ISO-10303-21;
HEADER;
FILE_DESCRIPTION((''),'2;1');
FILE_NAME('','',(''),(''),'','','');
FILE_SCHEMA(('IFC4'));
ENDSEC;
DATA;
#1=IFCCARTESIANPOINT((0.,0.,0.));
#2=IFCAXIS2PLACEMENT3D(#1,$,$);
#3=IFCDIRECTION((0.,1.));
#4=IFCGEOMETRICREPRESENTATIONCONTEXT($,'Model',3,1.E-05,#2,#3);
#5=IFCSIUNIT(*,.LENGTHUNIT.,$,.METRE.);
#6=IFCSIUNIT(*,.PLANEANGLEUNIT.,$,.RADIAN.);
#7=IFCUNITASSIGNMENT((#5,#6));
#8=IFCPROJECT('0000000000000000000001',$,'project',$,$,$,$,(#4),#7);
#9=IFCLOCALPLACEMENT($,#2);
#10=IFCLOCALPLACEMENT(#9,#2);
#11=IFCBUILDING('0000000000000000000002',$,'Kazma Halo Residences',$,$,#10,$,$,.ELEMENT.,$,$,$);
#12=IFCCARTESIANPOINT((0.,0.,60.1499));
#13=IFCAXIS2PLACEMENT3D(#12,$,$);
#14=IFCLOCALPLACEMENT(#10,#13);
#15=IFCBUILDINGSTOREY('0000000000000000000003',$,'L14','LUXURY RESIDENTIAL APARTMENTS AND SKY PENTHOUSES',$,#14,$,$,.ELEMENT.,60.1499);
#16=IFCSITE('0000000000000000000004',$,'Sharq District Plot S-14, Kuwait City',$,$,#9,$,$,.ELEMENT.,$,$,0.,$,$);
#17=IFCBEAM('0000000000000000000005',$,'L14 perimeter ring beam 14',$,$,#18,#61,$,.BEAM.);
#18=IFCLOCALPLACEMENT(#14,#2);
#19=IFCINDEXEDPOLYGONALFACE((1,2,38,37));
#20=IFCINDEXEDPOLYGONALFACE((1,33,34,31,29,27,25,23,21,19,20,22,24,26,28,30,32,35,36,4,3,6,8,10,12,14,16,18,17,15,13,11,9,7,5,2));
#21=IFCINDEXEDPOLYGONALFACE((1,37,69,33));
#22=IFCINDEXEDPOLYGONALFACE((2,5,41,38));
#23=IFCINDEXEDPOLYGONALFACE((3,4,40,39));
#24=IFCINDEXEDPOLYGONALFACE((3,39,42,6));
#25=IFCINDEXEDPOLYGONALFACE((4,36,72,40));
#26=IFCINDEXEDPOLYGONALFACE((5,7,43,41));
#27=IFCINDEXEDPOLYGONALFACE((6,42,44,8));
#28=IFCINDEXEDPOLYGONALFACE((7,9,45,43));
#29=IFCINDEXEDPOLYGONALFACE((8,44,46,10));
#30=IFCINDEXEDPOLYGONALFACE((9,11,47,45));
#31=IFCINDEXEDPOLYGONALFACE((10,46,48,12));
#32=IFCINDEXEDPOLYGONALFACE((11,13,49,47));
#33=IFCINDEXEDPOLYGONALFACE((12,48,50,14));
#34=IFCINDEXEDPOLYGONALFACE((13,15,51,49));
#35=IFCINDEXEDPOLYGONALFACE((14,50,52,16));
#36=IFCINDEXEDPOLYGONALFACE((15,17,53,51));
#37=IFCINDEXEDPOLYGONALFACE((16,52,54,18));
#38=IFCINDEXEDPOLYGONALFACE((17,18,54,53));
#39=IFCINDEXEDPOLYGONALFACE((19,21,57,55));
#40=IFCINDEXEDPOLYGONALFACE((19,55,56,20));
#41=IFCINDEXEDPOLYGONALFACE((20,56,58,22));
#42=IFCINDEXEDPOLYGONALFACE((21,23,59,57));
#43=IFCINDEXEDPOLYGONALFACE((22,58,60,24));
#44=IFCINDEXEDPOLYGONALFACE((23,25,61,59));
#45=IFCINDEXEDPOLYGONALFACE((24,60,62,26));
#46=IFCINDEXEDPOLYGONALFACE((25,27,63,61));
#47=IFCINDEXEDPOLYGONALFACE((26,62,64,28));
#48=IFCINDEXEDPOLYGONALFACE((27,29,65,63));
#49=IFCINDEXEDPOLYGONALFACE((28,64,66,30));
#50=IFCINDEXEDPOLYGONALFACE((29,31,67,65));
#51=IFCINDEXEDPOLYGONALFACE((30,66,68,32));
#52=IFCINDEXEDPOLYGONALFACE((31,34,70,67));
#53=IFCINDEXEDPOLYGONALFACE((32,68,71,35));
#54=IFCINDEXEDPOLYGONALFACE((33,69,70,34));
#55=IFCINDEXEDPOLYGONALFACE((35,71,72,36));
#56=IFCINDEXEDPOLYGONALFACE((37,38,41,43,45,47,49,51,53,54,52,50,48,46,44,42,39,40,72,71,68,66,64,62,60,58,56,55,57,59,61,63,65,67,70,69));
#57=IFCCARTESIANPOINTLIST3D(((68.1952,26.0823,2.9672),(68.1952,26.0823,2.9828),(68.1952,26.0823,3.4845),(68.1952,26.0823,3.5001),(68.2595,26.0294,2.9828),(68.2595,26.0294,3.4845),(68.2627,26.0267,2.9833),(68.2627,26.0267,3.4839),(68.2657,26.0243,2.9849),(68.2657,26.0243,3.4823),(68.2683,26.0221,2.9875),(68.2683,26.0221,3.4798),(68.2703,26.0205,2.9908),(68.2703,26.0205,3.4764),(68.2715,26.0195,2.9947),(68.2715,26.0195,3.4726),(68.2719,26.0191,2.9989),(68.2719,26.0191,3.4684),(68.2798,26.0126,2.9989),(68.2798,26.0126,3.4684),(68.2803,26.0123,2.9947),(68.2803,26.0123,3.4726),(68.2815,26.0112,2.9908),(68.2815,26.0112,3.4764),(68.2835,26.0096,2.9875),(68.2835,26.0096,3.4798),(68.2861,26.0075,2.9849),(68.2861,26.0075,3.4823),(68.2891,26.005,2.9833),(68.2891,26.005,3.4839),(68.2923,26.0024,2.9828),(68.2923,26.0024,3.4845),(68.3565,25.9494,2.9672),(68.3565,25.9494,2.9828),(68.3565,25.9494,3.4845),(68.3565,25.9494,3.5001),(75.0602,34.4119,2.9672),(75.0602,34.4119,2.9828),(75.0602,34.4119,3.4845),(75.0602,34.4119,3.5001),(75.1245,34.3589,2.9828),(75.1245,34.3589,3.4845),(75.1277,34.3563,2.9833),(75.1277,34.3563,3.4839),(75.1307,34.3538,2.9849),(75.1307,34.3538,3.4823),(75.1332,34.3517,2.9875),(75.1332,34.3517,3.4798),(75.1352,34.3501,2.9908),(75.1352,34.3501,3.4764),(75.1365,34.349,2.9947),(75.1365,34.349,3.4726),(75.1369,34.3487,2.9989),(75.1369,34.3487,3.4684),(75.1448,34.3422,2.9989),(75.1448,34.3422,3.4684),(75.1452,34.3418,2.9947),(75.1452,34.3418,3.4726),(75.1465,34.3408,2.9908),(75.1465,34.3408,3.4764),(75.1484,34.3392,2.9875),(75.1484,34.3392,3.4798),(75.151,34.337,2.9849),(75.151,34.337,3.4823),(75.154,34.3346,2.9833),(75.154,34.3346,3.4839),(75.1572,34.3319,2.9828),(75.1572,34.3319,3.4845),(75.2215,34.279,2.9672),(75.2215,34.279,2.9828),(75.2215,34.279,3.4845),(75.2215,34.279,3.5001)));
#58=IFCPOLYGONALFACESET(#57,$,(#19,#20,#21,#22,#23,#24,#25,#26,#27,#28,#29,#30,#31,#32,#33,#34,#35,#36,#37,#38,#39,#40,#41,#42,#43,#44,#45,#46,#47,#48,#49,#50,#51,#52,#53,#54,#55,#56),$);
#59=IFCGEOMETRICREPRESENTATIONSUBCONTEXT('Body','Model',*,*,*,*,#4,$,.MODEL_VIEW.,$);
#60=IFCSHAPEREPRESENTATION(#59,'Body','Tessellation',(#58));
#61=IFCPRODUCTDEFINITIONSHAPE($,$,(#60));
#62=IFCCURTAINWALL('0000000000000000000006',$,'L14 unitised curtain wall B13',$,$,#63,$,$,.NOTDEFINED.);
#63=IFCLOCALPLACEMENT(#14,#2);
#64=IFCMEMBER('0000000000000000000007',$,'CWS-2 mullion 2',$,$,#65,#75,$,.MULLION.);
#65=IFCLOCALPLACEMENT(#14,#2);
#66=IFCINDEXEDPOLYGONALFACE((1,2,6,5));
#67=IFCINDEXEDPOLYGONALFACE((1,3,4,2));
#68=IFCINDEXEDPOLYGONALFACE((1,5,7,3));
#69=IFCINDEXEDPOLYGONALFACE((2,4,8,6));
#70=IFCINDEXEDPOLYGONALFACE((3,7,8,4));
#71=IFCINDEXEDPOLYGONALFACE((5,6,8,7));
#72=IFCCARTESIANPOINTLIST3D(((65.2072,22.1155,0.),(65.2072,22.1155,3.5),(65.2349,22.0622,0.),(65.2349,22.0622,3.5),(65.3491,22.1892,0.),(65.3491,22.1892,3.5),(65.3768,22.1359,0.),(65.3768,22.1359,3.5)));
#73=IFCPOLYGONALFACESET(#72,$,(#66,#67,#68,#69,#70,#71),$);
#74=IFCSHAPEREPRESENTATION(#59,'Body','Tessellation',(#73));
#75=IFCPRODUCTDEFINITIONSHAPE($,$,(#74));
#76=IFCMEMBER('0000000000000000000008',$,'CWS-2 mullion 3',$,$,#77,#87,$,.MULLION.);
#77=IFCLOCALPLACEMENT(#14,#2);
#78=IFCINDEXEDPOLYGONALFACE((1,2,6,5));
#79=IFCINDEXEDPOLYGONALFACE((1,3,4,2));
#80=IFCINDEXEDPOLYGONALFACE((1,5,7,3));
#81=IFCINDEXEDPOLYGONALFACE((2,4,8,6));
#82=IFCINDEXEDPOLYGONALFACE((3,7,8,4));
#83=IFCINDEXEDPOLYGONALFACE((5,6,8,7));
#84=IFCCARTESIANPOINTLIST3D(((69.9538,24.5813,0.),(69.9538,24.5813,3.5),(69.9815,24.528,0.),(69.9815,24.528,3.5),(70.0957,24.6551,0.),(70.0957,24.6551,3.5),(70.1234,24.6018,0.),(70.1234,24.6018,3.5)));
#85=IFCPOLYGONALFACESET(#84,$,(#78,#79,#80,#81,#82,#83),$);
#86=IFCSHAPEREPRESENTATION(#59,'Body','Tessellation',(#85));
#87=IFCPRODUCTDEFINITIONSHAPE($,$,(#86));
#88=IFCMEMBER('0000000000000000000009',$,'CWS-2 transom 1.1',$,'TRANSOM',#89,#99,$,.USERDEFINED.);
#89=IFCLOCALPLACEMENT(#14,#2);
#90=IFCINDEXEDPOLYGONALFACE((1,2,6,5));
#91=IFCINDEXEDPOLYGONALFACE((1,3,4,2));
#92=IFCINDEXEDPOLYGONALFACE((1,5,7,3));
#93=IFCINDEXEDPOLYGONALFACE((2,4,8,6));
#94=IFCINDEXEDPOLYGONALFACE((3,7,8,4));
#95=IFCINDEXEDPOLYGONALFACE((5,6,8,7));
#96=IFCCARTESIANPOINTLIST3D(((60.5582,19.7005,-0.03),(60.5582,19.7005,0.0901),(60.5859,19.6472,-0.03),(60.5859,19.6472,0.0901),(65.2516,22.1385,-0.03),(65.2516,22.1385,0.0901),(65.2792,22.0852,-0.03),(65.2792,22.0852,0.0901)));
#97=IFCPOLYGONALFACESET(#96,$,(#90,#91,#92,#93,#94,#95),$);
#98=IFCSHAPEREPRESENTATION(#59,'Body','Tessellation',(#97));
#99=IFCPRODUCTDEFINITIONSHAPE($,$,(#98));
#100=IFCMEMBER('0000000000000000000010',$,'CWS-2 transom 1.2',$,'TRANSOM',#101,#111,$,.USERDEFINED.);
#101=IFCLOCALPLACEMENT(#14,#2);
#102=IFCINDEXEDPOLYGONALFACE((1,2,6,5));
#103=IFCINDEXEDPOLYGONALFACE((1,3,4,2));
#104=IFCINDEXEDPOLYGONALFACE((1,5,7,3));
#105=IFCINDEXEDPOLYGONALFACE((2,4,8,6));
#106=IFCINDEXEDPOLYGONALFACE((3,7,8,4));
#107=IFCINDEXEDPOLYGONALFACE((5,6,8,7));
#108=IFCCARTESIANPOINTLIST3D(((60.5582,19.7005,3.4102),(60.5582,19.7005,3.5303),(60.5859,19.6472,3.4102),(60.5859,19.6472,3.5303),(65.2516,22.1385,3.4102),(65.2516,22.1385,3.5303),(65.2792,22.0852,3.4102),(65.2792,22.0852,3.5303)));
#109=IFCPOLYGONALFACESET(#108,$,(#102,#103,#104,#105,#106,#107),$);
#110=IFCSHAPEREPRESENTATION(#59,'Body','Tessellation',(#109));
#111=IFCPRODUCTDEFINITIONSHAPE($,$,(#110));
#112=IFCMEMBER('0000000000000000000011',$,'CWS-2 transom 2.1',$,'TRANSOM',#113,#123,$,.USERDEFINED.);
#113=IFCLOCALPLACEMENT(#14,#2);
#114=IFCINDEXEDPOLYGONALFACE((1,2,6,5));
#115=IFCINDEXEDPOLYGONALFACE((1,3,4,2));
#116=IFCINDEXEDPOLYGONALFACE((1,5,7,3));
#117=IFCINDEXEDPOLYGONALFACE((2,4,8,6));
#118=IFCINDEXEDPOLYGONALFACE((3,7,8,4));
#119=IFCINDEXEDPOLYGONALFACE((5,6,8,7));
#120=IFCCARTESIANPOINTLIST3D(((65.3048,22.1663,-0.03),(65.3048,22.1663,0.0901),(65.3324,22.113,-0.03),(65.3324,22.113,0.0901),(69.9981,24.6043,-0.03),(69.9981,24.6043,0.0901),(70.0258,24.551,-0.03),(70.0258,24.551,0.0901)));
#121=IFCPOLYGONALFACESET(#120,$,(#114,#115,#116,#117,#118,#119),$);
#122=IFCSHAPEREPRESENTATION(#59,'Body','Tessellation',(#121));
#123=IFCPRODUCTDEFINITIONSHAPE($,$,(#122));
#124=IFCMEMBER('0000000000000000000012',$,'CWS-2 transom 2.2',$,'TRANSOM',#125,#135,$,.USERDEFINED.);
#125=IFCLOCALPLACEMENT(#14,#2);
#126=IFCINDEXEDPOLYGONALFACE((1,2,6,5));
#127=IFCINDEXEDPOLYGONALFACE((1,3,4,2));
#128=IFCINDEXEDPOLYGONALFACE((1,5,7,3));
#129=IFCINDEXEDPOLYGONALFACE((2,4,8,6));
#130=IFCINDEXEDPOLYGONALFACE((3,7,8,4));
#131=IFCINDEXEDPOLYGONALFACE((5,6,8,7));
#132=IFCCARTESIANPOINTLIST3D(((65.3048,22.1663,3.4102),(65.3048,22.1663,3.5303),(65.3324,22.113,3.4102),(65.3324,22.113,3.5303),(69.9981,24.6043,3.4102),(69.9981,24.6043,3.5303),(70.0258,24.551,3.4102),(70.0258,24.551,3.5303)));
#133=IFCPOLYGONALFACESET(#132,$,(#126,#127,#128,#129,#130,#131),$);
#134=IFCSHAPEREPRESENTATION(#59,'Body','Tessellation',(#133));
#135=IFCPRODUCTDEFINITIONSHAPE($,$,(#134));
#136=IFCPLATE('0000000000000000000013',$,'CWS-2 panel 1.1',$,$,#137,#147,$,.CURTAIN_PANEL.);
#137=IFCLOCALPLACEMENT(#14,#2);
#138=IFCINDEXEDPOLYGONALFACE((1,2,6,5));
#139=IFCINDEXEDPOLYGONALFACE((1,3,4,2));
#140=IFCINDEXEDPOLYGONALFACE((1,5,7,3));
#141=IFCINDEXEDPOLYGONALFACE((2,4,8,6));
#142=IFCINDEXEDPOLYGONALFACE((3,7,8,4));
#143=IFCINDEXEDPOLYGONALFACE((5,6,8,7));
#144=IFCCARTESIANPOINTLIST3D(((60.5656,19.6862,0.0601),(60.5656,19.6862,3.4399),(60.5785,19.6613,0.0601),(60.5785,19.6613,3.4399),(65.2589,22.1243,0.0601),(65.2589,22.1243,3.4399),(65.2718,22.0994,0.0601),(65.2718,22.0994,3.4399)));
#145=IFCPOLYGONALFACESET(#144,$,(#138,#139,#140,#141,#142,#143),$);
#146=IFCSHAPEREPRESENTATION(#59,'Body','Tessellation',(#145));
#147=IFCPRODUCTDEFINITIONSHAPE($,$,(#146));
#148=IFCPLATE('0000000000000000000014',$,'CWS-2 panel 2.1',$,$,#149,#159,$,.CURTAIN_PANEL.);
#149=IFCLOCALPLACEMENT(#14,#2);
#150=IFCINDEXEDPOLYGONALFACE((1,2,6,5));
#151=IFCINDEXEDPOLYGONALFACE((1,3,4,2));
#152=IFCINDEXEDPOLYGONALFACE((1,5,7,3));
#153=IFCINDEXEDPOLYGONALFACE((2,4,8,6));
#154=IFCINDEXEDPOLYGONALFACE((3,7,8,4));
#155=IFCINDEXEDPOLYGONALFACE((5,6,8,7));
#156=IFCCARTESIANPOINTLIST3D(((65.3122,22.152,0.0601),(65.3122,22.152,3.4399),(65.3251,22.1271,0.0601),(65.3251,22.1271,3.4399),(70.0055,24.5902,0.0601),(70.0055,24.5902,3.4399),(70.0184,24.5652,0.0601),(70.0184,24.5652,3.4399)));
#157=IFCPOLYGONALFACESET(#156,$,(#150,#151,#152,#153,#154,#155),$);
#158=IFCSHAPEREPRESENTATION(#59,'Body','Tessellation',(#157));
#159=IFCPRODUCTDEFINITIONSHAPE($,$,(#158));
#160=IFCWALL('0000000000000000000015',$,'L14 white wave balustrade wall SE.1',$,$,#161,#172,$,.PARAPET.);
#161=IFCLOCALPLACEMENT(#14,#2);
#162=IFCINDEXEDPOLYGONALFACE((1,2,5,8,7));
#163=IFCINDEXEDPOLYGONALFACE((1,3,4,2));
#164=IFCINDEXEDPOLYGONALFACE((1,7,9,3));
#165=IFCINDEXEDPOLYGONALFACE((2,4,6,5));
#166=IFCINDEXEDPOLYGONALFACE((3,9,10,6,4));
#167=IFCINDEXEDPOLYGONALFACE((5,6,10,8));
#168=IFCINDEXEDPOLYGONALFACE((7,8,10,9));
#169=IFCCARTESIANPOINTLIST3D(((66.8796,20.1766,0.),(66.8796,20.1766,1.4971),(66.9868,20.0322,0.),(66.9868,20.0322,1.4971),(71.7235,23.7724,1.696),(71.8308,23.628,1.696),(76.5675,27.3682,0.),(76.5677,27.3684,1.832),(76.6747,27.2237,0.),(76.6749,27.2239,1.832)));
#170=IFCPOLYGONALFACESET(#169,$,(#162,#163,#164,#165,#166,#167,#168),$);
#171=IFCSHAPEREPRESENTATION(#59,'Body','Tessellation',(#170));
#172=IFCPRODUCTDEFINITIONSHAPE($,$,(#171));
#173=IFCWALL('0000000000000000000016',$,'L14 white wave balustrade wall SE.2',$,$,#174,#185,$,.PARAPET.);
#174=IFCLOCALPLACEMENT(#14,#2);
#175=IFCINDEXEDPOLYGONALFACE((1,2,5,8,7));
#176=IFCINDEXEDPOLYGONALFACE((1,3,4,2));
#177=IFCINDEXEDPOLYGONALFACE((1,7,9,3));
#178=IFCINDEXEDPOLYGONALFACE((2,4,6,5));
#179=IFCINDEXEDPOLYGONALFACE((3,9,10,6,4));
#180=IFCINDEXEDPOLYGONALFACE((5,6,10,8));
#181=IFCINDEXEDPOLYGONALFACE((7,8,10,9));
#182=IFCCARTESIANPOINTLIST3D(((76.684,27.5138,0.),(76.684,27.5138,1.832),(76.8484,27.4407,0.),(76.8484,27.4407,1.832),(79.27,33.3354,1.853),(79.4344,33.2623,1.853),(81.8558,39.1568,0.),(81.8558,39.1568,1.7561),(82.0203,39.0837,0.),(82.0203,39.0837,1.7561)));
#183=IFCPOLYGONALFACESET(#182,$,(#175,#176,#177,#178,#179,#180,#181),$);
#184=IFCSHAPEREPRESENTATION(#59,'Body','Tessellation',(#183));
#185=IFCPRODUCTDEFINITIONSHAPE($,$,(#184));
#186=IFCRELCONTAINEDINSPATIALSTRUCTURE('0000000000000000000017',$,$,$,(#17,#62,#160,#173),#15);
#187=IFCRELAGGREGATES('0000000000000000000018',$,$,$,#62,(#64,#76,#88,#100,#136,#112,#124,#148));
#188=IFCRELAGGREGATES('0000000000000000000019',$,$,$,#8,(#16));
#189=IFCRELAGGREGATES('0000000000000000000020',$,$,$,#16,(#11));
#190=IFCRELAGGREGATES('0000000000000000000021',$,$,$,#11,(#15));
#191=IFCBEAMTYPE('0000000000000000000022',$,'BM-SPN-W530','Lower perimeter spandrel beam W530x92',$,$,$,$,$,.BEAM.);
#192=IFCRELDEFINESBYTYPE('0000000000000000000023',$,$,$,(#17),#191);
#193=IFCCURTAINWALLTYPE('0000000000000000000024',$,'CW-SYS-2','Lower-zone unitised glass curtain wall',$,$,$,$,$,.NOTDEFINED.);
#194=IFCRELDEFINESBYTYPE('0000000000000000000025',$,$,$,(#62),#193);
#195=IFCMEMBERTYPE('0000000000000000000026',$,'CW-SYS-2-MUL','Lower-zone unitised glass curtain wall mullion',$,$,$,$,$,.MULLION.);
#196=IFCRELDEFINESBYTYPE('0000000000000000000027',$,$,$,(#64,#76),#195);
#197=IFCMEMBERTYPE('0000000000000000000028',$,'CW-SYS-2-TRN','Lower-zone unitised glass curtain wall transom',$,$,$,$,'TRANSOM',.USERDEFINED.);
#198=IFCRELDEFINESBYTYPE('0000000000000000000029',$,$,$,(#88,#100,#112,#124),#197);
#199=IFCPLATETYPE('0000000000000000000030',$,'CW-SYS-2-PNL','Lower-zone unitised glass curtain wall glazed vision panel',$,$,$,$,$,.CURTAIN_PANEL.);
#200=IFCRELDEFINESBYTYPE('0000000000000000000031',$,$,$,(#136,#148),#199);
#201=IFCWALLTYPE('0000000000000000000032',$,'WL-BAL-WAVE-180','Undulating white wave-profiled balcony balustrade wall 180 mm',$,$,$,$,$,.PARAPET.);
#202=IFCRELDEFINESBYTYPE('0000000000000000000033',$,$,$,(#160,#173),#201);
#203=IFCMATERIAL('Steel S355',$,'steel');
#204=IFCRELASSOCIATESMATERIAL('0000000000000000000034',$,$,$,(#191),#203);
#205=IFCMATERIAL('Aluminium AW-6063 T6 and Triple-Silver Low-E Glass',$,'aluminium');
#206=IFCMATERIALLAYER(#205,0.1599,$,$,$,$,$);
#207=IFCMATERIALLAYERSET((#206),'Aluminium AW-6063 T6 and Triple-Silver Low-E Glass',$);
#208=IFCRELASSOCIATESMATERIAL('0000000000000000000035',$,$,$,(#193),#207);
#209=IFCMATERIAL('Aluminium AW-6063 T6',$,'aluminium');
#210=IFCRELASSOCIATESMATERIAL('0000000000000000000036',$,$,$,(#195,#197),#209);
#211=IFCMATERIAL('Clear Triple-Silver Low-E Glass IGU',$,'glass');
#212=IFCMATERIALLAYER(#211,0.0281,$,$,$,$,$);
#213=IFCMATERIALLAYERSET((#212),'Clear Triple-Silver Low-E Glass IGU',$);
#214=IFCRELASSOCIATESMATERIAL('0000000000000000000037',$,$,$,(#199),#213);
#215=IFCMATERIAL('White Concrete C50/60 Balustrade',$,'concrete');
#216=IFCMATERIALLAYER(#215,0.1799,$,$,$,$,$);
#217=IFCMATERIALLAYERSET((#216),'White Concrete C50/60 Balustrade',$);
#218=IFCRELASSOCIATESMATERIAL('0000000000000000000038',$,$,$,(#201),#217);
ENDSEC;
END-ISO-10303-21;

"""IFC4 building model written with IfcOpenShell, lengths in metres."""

from ifc_helpers import new_model, si_unit, direction, frame, origin, origin_2d, place, context, subcontext, project, spatial, polyline, rectangle, i_section, outline, extrude, material, layer, layer_set, material_profile, profile_set, type_object, element, aggregate, save


model = new_model("IFC4")

# Units and contexts
model_context = context("Model", 3, precision=1e-05, world=origin(), true_north=direction((0.0, 1.0)))
body_context = subcontext(model_context, "Body", "Model", "MODEL_VIEW")
ifc_project = project(units=[si_unit("LENGTHUNIT", "METRE"), si_unit("PLANEANGLEUNIT", "RADIAN")], contexts=[model_context])

# Site, building, storey
site_placement = place(None, origin())
site = spatial("IfcSite", under=ifc_project, at=site_placement, Name="Sharq District Plot S-14, Kuwait City", CompositionType="ELEMENT", RefElevation=0.0)
building_placement = place(site_placement, origin())
building = spatial("IfcBuilding", under=site, at=building_placement, Name="Kazma Halo Residences", CompositionType="ELEMENT")
storey_placement = place(building_placement, frame((0.0, 0.0, 60.1499)))
storey = spatial("IfcBuildingStorey", under=building, at=storey_placement, Name="L14", Description="LUXURY RESIDENTIAL APARTMENTS AND SKY PENTHOUSES", CompositionType="ELEMENT", Elevation=60.1499)

# Beam
ifc_material_1 = material(Name="Steel S355", Category="steel")
ifc_material_profile_1 = material_profile(ifc_material_1, i_section(OverallWidth=0.209, OverallDepth=0.533, WebThickness=0.0103, FlangeThickness=0.0156, FilletRadius=0.0161, at=origin_2d()), Name="W530x92")
ifc_profile_set_1 = profile_set([ifc_material_profile_1], Name="Steel S355")
beam_type_1 = type_object("IfcBeamType", Name="BM-SPN-W530", Description="Lower perimeter spandrel beam W530x92", PredefinedType="BEAM", material=ifc_profile_set_1)
beam_1_placement = place(storey_placement, frame((68.2759, 26.0159, 3.2336), z_axis=(0.636001, 0.771688, 0.0), x_axis=(-0.771688, 0.636001, 0.0)))
element("IfcBeam", 1, at=beam_1_placement, inside=storey, type_object=beam_type_1, Name="L14 perimeter ring beam 14", PredefinedType="BEAM", context=body_context, shape_type="SweptSolid", body=[
    extrude(i_section(OverallWidth=0.209, OverallDepth=0.533, WebThickness=0.0103, FlangeThickness=0.0156, FilletRadius=0.0161, at=origin_2d()), origin(), (0.0, 0.0, 1.0), 10.7939),
])

# Curtain wall, members, plates
ifc_material_2 = material(Name="Aluminium AW-6063 T6 and Triple-Silver Low-E Glass", Category="aluminium")
ifc_layer_1 = layer(ifc_material_2, 0.1599)
ifc_layer_set_1 = layer_set([ifc_layer_1], Name="Aluminium AW-6063 T6 and Triple-Silver Low-E Glass")
curtain_wall_type = type_object("IfcCurtainWallType", Name="CW-SYS-2", Description="Lower-zone unitised glass curtain wall", PredefinedType="NOTDEFINED", material=ifc_layer_set_1)
curtain_wall_placement = place(storey_placement, origin())
curtain_wall = element("IfcCurtainWall", 2, at=curtain_wall_placement, inside=storey, type_object=curtain_wall_type, Name="L14 unitised curtain wall B13", PredefinedType="NOTDEFINED")
ifc_material_3 = material(Name="Aluminium AW-6063 T6", Category="aluminium")
ifc_material_profile_2 = material_profile(ifc_material_3, rectangle(XDim=0.0601, YDim=0.1599, at=origin_2d()), Name="CWM-60x160")
ifc_profile_set_2 = profile_set([ifc_material_profile_2], Name="Aluminium AW-6063 T6")
member_type_1 = type_object("IfcMemberType", Name="CW-SYS-2-MUL", Description="Lower-zone unitised glass curtain wall mullion", PredefinedType="MULLION", material=ifc_profile_set_2)
member_1_placement = place(storey_placement, frame((65.292, 22.1257, 0.0), z_axis=(0.0, 0.0, 1.0), x_axis=(-0.460996, 0.887402, 0.0)))
member_1 = element("IfcMember", 3, at=member_1_placement, type_object=member_type_1, Name="CWS-2 mullion 2", PredefinedType="MULLION", context=body_context, shape_type="SweptSolid", body=[
    extrude(rectangle(XDim=0.0601, YDim=0.1599, at=origin_2d()), origin(), (0.0, 0.0, 1.0), 3.5),
])
member_2_placement = place(storey_placement, frame((70.0386, 24.5916, 0.0), z_axis=(0.0, 0.0, 1.0), x_axis=(-0.460996, 0.887402, 0.0)))
member_2 = element("IfcMember", 4, at=member_2_placement, type_object=member_type_1, Name="CWS-2 mullion 3", PredefinedType="MULLION", context=body_context, shape_type="SweptSolid", body=[
    extrude(rectangle(XDim=0.0601, YDim=0.1599, at=origin_2d()), origin(), (0.0, 0.0, 1.0), 3.5),
])
ifc_material_profile_3 = material_profile(ifc_material_3, rectangle(XDim=0.0601, YDim=0.1201, at=origin_2d()), Name="CWT-60x120")
ifc_profile_set_3 = profile_set([ifc_material_profile_3], Name="Aluminium AW-6063 T6")
member_type_2 = type_object("IfcMemberType", Name="CW-SYS-2-TRN", Description="Lower-zone unitised glass curtain wall transom", ElementType="TRANSOM", PredefinedType="USERDEFINED", material=ifc_profile_set_3)
member_3_placement = place(storey_placement, frame((60.572, 19.6738, 0.03), z_axis=(0.887415, 0.460972, 0.0), x_axis=(-0.460972, 0.887415, 0.0)))
member_3 = element("IfcMember", 5, at=member_3_placement, type_object=member_type_2, Name="CWS-2 transom 1.1", ObjectType="TRANSOM", PredefinedType="USERDEFINED", context=body_context, shape_type="SweptSolid", body=[
    extrude(rectangle(XDim=0.0601, YDim=0.1201, at=origin_2d()), origin(), (0.0, 0.0, 1.0), 5.2888),
])
member_4_placement = place(storey_placement, frame((60.572, 19.6738, 3.4702), z_axis=(0.887415, 0.460972, 0.0), x_axis=(-0.460972, 0.887415, 0.0)))
member_4 = element("IfcMember", 6, at=member_4_placement, type_object=member_type_2, Name="CWS-2 transom 1.2", ObjectType="TRANSOM", PredefinedType="USERDEFINED", context=body_context, shape_type="SweptSolid", body=[
    extrude(rectangle(XDim=0.0601, YDim=0.1201, at=origin_2d()), origin(), (0.0, 0.0, 1.0), 5.2888),
])
member_5_placement = place(storey_placement, frame((65.3186, 22.1396, 0.03), z_axis=(0.887415, 0.460972, 0.0), x_axis=(-0.460972, 0.887415, 0.0)))
member_5 = element("IfcMember", 7, at=member_5_placement, type_object=member_type_2, Name="CWS-2 transom 2.1", ObjectType="TRANSOM", PredefinedType="USERDEFINED", context=body_context, shape_type="SweptSolid", body=[
    extrude(rectangle(XDim=0.0601, YDim=0.1201, at=origin_2d()), origin(), (0.0, 0.0, 1.0), 5.2888),
])
member_6_placement = place(storey_placement, frame((65.3186, 22.1396, 3.4702), z_axis=(0.887415, 0.460972, 0.0), x_axis=(-0.460972, 0.887415, 0.0)))
member_6 = element("IfcMember", 8, at=member_6_placement, type_object=member_type_2, Name="CWS-2 transom 2.2", ObjectType="TRANSOM", PredefinedType="USERDEFINED", context=body_context, shape_type="SweptSolid", body=[
    extrude(rectangle(XDim=0.0601, YDim=0.1201, at=origin_2d()), origin(), (0.0, 0.0, 1.0), 5.2888),
])
ifc_material_4 = material(Name="Clear Triple-Silver Low-E Glass IGU", Category="glass")
ifc_layer_2 = layer(ifc_material_4, 0.0281)
ifc_layer_set_2 = layer_set([ifc_layer_2], Name="Clear Triple-Silver Low-E Glass IGU")
plate_type = type_object("IfcPlateType", Name="CW-SYS-2-PNL", Description="Lower-zone unitised glass curtain wall glazed vision panel", PredefinedType="CURTAIN_PANEL", material=ifc_layer_set_2)
plate_1_placement = place(storey_placement, frame((62.9187, 20.8928, 0.0601), z_axis=(0.0, 0.0, 1.0), x_axis=(0.887402, 0.460996, 0.0)))
plate_1 = element("IfcPlate", 9, at=plate_1_placement, type_object=plate_type, Name="CWS-2 panel 1.1", PredefinedType="CURTAIN_PANEL", context=body_context, shape_type="SweptSolid", body=[
    extrude(rectangle(XDim=5.2888, YDim=0.0281, at=origin_2d()), origin(), (0.0, 0.0, 1.0), 3.3799),
])
plate_2_placement = place(storey_placement, frame((67.6653, 23.3586, 0.0601), z_axis=(0.0, 0.0, 1.0), x_axis=(0.887402, 0.460996, 0.0)))
plate_2 = element("IfcPlate", 10, at=plate_2_placement, type_object=plate_type, Name="CWS-2 panel 2.1", PredefinedType="CURTAIN_PANEL", context=body_context, shape_type="SweptSolid", body=[
    extrude(rectangle(XDim=5.2888, YDim=0.0281, at=origin_2d()), origin(), (0.0, 0.0, 1.0), 3.3799),
])
aggregate(curtain_wall, [member_1, member_2, member_3, member_4, plate_1, member_5, member_6, plate_2])

# Walls
ifc_material_5 = material(Name="White Concrete C50/60 Balustrade", Category="concrete")
ifc_layer_3 = layer(ifc_material_5, 0.1799)
ifc_layer_set_3 = layer_set([ifc_layer_3], Name="White Concrete C50/60 Balustrade")
wall_type_1 = type_object("IfcWallType", Name="WL-BAL-WAVE-180", Description="Undulating white wave-profiled balcony balustrade wall 180 mm", PredefinedType="PARAPET", material=ifc_layer_set_3)
wall_1_placement = place(storey_placement, frame((66.9331, 20.1045, 0.0), z_axis=(0.0, 0.0, 1.0), x_axis=(0.802948, 0.596049, 0.0)))
element("IfcWall", 11, at=wall_1_placement, inside=storey, type_object=wall_type_1, Name="L14 white wave balustrade wall SE.1", PredefinedType="PARAPET", context=body_context, shape_type="SweptSolid", body=[
    extrude(outline(polyline([(0.0, 0.0), (12.0654, 0.0), (12.0657, 1.832), (6.0327, 1.696), (0.0, 1.4971), (0.0, 0.0)])), frame((0.0, 0.0898, 0.0), z_axis=(0.0, -1.0, 0.0), x_axis=(1.0, 0.0, 0.0)), (0.0, 0.0, 1.0), 0.1799),
])
wall_2_placement = place(storey_placement, frame((76.7661, 27.4773, 0.0), z_axis=(0.0, 0.0, 1.0), x_axis=(0.405954, 0.913894, 0.0)))
element("IfcWall", 12, at=wall_2_placement, inside=storey, type_object=wall_type_1, Name="L14 white wave balustrade wall SE.2", PredefinedType="PARAPET", context=body_context, shape_type="SweptSolid", body=[
    extrude(outline(polyline([(0.0, 0.0), (12.74, 0.0), (12.74, 1.7561), (6.3701, 1.853), (0.0, 1.832), (0.0, 0.0)])), frame((0.0, 0.0898, 0.0), z_axis=(0.0, -1.0, 0.0), x_axis=(1.0, 0.0, 0.0)), (0.0, 0.0, 1.0), 0.1799),
])

save(model, "model.ifc")
